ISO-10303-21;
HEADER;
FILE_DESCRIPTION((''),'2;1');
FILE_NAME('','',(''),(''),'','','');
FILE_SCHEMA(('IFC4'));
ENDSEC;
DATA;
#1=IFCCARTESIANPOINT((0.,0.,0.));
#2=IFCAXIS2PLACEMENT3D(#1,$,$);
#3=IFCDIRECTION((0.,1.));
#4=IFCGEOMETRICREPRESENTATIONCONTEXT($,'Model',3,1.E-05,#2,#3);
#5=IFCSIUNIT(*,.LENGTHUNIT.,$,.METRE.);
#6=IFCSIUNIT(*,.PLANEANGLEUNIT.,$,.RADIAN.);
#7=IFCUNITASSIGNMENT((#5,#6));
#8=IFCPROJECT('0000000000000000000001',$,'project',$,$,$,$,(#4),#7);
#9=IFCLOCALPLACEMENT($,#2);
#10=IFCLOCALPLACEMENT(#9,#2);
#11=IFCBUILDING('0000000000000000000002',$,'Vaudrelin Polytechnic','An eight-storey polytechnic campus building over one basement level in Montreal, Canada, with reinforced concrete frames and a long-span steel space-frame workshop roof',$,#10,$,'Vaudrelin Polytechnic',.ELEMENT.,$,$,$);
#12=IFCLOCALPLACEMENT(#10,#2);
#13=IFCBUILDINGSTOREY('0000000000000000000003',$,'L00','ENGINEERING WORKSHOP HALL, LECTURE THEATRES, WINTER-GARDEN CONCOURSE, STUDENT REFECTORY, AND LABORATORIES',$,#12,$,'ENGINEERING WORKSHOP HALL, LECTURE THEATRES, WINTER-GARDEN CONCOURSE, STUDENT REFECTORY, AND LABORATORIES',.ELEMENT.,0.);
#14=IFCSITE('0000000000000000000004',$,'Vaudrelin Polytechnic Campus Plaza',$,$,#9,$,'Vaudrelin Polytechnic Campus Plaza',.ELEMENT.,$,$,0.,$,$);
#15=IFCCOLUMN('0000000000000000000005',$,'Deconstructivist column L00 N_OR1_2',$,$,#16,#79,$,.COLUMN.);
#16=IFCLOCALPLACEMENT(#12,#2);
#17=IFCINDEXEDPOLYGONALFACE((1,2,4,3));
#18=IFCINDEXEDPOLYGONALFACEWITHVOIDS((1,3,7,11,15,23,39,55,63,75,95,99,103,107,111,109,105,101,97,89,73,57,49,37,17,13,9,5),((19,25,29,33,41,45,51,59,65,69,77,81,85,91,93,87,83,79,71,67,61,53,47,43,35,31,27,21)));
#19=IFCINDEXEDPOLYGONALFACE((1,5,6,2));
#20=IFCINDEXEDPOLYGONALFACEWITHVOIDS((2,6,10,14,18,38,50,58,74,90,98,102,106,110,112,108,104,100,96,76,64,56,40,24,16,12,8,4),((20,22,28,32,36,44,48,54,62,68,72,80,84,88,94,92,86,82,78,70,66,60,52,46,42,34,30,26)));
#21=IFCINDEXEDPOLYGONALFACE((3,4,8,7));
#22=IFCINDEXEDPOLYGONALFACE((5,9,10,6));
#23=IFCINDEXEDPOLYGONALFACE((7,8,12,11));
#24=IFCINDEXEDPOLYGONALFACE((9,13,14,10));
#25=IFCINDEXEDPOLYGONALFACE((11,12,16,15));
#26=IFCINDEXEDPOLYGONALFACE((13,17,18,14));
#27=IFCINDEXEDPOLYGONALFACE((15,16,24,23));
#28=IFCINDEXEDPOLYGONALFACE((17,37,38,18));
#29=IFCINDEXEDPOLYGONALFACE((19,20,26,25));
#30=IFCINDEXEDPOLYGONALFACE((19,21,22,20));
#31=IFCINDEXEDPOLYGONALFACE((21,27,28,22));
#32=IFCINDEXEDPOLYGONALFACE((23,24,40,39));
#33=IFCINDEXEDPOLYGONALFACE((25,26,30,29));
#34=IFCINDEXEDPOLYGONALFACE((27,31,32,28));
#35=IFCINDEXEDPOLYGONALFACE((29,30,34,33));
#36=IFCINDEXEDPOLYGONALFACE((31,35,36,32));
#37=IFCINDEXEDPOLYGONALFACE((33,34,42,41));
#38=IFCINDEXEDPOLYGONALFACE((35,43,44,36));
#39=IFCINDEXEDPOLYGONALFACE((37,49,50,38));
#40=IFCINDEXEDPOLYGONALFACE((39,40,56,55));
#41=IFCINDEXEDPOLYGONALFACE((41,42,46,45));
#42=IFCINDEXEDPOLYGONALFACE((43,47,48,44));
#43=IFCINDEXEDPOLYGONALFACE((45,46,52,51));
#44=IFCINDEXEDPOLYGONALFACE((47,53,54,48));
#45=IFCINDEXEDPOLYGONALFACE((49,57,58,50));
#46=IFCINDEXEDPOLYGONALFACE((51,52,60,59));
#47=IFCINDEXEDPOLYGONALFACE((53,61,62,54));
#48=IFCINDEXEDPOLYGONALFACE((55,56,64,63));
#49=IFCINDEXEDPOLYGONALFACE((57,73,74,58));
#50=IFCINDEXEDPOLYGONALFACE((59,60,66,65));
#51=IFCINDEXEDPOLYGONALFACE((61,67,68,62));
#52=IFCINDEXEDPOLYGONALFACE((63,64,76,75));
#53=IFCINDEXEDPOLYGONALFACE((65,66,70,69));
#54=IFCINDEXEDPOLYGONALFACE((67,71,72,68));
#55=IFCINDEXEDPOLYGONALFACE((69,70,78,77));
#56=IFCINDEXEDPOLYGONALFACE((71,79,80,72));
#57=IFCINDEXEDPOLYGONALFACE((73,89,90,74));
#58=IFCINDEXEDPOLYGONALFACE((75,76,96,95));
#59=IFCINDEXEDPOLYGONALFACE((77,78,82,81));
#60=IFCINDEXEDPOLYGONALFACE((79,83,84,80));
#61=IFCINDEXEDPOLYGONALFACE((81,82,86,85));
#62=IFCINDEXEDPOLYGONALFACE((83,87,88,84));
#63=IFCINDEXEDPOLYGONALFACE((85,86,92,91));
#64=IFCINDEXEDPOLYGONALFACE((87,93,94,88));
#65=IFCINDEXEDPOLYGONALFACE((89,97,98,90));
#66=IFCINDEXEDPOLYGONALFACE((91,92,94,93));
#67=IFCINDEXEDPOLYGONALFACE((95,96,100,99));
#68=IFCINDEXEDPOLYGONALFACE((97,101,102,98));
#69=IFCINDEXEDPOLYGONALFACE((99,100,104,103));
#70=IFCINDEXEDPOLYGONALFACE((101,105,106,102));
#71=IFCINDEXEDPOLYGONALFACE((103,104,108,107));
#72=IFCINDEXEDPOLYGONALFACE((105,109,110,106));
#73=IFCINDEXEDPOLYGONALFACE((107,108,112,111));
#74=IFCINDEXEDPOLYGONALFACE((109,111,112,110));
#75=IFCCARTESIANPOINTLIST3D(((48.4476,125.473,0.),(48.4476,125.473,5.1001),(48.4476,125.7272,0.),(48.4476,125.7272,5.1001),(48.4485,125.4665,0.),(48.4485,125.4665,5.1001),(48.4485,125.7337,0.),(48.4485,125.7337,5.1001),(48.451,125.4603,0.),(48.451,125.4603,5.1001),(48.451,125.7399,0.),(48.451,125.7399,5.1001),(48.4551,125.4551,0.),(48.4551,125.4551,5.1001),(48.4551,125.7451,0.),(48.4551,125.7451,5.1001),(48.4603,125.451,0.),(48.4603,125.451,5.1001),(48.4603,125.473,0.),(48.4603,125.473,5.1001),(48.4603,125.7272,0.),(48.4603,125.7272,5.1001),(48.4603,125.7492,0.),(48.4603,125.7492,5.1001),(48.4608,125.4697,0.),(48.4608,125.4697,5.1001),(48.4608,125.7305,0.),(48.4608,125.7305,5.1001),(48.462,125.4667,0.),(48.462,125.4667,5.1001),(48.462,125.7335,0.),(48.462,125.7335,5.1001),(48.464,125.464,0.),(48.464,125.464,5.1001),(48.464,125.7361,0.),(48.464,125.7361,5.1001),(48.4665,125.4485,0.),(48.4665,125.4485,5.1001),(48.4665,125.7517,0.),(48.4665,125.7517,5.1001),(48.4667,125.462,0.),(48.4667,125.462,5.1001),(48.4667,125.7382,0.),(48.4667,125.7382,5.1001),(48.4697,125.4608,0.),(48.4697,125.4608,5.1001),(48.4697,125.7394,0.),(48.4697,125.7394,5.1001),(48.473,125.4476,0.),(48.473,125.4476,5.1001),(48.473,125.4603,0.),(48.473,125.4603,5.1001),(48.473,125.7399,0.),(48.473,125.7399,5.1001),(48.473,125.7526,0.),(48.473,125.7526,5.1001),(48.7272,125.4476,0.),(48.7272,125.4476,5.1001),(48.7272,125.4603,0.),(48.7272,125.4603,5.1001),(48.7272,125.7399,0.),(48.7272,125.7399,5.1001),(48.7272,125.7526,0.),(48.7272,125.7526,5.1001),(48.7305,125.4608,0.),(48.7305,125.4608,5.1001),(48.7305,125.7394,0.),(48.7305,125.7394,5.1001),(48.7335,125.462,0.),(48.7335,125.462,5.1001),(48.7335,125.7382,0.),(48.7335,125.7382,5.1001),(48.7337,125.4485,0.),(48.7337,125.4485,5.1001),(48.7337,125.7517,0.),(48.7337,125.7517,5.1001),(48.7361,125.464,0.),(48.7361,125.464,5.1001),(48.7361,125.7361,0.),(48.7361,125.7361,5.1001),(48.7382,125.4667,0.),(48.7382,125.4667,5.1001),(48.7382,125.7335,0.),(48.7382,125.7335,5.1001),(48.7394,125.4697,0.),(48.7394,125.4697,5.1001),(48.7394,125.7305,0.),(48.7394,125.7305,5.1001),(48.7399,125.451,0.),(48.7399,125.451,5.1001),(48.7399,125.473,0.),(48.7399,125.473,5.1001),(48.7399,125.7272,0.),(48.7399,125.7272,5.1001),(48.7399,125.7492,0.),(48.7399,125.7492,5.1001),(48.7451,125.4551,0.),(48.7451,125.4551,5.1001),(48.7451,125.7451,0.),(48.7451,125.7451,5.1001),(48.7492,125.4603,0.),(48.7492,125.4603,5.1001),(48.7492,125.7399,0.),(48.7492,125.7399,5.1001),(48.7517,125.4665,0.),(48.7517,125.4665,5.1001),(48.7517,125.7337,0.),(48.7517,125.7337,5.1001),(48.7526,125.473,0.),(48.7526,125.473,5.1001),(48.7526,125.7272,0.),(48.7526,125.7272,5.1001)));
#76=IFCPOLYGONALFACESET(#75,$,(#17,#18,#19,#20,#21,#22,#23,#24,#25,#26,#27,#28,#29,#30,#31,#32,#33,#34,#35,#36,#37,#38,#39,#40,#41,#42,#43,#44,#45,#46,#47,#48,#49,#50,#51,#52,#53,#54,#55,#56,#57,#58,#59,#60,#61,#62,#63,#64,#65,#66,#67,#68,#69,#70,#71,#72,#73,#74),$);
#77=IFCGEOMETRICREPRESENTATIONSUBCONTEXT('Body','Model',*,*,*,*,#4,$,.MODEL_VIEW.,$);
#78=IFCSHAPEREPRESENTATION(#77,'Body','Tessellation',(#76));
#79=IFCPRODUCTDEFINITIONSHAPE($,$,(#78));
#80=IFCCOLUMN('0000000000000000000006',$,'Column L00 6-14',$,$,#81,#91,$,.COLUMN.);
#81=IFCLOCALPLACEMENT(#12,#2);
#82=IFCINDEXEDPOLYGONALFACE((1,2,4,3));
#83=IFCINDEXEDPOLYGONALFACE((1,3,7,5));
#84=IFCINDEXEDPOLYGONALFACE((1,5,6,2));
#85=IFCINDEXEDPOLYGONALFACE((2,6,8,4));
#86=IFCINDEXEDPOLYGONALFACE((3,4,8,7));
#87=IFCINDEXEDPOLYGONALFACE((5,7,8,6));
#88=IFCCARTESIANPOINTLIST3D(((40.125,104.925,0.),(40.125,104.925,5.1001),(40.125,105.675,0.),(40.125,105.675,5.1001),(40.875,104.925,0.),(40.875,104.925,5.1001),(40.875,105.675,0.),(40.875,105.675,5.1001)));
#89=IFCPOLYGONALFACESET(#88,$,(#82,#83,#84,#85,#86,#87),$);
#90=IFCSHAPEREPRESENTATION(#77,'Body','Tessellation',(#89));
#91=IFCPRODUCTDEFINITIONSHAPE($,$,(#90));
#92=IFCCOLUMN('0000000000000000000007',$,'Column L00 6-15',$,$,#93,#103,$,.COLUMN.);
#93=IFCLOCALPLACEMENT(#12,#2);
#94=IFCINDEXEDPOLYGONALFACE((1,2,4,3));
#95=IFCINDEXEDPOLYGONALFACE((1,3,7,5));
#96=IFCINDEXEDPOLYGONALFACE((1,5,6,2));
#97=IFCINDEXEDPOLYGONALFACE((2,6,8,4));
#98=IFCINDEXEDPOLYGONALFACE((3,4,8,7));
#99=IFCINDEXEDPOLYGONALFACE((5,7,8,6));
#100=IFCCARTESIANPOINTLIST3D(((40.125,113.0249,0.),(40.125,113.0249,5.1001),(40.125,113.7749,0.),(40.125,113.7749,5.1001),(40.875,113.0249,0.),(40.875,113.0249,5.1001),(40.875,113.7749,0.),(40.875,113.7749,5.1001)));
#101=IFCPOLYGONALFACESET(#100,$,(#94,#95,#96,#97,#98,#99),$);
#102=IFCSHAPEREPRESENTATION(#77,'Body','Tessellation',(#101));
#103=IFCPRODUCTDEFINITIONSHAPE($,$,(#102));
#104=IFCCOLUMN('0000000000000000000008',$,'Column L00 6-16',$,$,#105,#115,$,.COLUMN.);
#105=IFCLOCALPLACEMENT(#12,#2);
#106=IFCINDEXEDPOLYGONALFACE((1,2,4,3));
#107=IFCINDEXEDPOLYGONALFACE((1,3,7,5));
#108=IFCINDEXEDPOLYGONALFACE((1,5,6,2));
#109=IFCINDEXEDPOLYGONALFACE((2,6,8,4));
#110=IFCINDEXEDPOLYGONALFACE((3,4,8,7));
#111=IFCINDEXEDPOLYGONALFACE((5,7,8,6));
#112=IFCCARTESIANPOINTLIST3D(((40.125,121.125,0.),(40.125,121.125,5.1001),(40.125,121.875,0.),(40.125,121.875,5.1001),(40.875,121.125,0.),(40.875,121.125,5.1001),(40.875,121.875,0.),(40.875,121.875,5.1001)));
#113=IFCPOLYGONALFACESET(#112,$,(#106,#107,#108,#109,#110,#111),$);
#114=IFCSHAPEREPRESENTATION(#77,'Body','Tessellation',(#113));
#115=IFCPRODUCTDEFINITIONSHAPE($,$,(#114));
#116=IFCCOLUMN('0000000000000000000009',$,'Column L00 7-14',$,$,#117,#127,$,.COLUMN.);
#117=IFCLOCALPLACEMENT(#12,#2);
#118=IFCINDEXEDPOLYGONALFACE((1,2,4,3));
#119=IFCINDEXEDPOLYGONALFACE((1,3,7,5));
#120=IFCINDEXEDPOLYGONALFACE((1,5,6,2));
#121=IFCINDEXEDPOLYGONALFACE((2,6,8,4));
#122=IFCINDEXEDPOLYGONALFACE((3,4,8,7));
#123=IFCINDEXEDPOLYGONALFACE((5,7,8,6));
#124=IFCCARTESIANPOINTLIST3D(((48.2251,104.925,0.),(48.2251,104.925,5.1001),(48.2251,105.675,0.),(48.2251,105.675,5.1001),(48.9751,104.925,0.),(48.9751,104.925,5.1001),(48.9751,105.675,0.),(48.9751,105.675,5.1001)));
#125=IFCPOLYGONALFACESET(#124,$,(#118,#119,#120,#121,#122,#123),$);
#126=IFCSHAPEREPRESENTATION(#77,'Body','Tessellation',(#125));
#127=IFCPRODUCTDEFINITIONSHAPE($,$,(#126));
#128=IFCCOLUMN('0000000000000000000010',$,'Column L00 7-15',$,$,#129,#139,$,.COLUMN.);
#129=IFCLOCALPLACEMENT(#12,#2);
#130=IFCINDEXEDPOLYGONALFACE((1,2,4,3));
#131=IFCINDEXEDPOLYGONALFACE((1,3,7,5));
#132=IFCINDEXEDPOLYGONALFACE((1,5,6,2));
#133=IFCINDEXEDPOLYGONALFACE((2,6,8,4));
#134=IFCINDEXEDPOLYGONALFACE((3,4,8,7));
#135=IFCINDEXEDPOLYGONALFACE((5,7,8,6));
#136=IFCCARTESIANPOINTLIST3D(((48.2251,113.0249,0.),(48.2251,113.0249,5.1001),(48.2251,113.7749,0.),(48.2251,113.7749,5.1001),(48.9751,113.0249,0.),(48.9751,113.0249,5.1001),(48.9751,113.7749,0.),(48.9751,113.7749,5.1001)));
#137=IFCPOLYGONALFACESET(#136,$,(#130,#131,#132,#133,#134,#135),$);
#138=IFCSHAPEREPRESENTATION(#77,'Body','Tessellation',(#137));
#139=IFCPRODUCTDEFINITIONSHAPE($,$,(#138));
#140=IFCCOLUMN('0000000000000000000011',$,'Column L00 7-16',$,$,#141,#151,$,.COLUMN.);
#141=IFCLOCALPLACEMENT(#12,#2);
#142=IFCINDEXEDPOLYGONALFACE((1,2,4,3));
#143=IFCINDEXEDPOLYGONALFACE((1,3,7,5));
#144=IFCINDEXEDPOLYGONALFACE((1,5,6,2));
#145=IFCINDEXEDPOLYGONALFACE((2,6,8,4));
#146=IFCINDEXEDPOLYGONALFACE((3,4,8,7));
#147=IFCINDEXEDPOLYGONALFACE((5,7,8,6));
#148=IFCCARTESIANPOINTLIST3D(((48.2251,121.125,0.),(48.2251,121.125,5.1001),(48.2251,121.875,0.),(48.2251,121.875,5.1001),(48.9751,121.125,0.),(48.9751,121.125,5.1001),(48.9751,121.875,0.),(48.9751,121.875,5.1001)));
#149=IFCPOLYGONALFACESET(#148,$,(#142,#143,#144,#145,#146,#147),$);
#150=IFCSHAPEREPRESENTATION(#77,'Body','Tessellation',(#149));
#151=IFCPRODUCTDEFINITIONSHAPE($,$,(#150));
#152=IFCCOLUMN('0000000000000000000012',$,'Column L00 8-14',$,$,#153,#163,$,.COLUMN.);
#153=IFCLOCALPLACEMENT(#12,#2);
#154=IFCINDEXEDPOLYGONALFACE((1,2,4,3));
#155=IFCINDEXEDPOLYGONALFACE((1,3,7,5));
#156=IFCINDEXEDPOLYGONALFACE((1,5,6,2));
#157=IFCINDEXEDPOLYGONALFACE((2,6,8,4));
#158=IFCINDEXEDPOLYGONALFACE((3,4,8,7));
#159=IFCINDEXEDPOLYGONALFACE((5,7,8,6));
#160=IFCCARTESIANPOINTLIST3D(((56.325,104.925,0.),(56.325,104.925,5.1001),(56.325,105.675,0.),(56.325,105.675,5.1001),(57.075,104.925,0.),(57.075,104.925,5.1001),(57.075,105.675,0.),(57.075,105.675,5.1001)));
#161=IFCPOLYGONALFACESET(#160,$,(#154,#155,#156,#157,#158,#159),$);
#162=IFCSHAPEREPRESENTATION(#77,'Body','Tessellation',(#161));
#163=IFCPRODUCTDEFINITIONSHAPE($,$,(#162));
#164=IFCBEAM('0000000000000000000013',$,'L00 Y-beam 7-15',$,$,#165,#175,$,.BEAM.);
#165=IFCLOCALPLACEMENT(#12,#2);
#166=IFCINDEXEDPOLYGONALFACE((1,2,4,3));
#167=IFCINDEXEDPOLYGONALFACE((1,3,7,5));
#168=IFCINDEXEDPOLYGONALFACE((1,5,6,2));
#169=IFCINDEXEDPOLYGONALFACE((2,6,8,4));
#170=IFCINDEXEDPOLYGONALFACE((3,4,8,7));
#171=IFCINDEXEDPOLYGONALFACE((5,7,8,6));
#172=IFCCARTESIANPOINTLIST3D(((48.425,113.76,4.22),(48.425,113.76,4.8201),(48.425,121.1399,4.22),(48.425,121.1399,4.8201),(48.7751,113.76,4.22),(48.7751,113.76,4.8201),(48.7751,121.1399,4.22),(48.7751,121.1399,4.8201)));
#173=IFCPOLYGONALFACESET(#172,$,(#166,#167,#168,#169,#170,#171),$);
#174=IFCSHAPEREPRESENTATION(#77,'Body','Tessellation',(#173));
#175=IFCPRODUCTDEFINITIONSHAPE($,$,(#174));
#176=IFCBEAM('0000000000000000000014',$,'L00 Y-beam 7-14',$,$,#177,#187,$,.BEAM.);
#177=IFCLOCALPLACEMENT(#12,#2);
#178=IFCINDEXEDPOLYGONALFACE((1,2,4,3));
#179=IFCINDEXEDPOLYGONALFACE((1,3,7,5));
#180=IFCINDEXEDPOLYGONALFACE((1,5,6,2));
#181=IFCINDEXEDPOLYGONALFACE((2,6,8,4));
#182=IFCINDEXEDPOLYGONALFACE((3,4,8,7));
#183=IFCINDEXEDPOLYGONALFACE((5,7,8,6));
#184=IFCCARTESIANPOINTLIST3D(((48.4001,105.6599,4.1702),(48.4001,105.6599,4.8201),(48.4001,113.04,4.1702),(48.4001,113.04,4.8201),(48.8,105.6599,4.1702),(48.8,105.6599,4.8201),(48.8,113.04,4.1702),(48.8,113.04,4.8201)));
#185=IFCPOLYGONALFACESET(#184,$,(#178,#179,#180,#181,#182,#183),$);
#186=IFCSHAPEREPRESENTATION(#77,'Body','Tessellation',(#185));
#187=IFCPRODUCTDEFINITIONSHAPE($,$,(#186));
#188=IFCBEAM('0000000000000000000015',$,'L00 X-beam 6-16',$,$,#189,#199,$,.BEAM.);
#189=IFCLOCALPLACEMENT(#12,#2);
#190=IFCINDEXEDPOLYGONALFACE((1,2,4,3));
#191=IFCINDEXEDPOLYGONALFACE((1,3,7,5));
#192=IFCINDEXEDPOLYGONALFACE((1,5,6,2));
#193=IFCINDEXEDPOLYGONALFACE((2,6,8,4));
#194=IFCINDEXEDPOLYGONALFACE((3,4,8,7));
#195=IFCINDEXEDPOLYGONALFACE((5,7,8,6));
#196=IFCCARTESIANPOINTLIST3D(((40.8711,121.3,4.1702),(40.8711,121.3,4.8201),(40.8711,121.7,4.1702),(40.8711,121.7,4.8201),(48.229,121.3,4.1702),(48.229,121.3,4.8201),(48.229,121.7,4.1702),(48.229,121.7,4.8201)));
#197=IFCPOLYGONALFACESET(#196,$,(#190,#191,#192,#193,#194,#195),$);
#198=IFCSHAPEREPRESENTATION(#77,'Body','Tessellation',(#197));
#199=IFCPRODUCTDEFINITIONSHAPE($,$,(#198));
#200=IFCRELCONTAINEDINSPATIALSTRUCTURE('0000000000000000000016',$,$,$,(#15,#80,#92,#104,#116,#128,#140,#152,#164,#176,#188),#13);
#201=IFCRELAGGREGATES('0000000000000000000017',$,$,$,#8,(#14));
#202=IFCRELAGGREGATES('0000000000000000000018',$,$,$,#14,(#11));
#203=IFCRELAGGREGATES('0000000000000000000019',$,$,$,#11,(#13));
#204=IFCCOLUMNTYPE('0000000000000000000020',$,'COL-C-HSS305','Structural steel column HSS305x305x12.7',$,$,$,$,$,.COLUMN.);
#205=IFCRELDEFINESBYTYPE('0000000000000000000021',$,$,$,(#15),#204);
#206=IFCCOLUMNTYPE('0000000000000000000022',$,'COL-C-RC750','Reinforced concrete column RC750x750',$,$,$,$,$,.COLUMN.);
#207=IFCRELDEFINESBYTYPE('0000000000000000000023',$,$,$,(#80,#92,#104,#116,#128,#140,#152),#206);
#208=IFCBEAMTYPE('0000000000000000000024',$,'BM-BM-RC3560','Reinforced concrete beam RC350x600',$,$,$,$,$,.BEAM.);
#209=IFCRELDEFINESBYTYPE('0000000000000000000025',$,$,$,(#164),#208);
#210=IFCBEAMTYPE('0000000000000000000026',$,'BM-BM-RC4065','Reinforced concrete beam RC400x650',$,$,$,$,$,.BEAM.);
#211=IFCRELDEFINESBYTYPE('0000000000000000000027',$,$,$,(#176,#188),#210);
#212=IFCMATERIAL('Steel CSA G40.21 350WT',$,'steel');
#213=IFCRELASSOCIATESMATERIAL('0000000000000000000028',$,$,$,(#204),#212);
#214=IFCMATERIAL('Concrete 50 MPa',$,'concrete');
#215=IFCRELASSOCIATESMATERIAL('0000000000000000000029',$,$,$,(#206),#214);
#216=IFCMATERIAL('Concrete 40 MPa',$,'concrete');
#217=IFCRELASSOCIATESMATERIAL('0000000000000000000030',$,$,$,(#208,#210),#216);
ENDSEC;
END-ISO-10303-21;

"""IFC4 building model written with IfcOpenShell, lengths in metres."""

from ifc_helpers import new_model, si_unit, direction, frame, origin, origin_2d, place, context, subcontext, project, spatial, rectangle, hollow_rectangle, extrude, material, material_profile, profile_set, type_object, element, save


model = new_model("IFC4")

# Units and contexts
model_context = context("Model", 3, precision=1e-05, world=origin(), true_north=direction((0.0, 1.0)))
body_context = subcontext(model_context, "Body", "Model", "MODEL_VIEW")
ifc_project = project(units=[si_unit("LENGTHUNIT", "METRE"), si_unit("PLANEANGLEUNIT", "RADIAN")], contexts=[model_context])

# Site, building, storey
site_placement = place(None, origin())
site = spatial("IfcSite", under=ifc_project, at=site_placement, Name="Vaudrelin Polytechnic Campus Plaza", LongName="Vaudrelin Polytechnic Campus Plaza", CompositionType="ELEMENT", RefElevation=0.0)
building_placement = place(site_placement, origin())
building = spatial("IfcBuilding", under=site, at=building_placement, Name="Vaudrelin Polytechnic", Description="An eight-storey polytechnic campus building over one basement level in Montreal, Canada, with reinforced concrete frames and a long-span steel space-frame workshop roof", LongName="Vaudrelin Polytechnic", CompositionType="ELEMENT")
storey_placement = place(building_placement, origin())
storey = spatial("IfcBuildingStorey", under=building, at=storey_placement, Name="L00", Description="ENGINEERING WORKSHOP HALL, LECTURE THEATRES, WINTER-GARDEN CONCOURSE, STUDENT REFECTORY, AND LABORATORIES", LongName="ENGINEERING WORKSHOP HALL, LECTURE THEATRES, WINTER-GARDEN CONCOURSE, STUDENT REFECTORY, AND LABORATORIES", CompositionType="ELEMENT", Elevation=0.0)

# Columns
ifc_material_1 = material(Name="Steel CSA G40.21 350WT", Category="steel")
ifc_material_profile_1 = material_profile(ifc_material_1, hollow_rectangle(XDim=0.3049, YDim=0.3049, WallThickness=0.0127, InnerFilletRadius=0.0127, OuterFilletRadius=0.0254, at=origin_2d()), Name="HSS305x305x12.7")
ifc_profile_set_1 = profile_set([ifc_material_profile_1], Name="Steel CSA G40.21 350WT")
column_type_1 = type_object("IfcColumnType", Name="COL-C-HSS305", Description="Structural steel column HSS305x305x12.7", PredefinedType="COLUMN", material=ifc_profile_set_1)
column_placement = place(storey_placement, frame((48.6001, 125.6001, 0.0), z_axis=(0.0, 0.0, 1.0), x_axis=(1.0, 0.0, 0.0)))
element("IfcColumn", 1, at=column_placement, inside=storey, type_object=column_type_1, Name="Deconstructivist column L00 N_OR1_2", PredefinedType="COLUMN", context=body_context, shape_type="SweptSolid", body=[
    extrude(hollow_rectangle(XDim=0.3049, YDim=0.3049, WallThickness=0.0127, InnerFilletRadius=0.0127, OuterFilletRadius=0.0254, at=origin_2d()), origin(), (0.0, 0.0, 1.0), 5.1001),
])
ifc_material_2 = material(Name="Concrete 50 MPa", Category="concrete")
ifc_material_profile_2 = material_profile(ifc_material_2, rectangle(XDim=0.75, YDim=0.75, at=origin_2d()), Name="RC750x750")
ifc_profile_set_2 = profile_set([ifc_material_profile_2], Name="Concrete 50 MPa")
column_type_2 = type_object("IfcColumnType", Name="COL-C-RC750", Description="Reinforced concrete column RC750x750", PredefinedType="COLUMN", material=ifc_profile_set_2)
for number, where, z_axis, x_axis, name in (
    (2, (40.5, 105.3, 0.0), (0.0, 0.0, 1.0), (1.0, 0.0, 0.0), "Column L00 6-14"),
    (3, (40.5, 113.3999, 0.0), (0.0, 0.0, 1.0), (1.0, 0.0, 0.0), "Column L00 6-15"),
    (4, (40.5, 121.5, 0.0), (0.0, 0.0, 1.0), (1.0, 0.0, 0.0), "Column L00 6-16"),
    (5, (48.6001, 105.3, 0.0), (0.0, 0.0, 1.0), (1.0, 0.0, 0.0), "Column L00 7-14"),
    (6, (48.6001, 113.3999, 0.0), (0.0, 0.0, 1.0), (1.0, 0.0, 0.0), "Column L00 7-15"),
    (7, (48.6001, 121.5, 0.0), (0.0, 0.0, 1.0), (1.0, 0.0, 0.0), "Column L00 7-16"),
    (8, (56.7, 105.3, 0.0), (0.0, 0.0, 1.0), (1.0, 0.0, 0.0), "Column L00 8-14"),
):
    element("IfcColumn", number, at=place(storey_placement, frame(where, z_axis=z_axis, x_axis=x_axis)), inside=storey, type_object=column_type_2, Name=name, PredefinedType="COLUMN", context=body_context, shape_type="SweptSolid", body=[
        extrude(rectangle(XDim=0.75, YDim=0.75, at=origin_2d()), origin(), (0.0, 0.0, 1.0), 5.1001),
    ])

# Beams
ifc_material_3 = material(Name="Concrete 40 MPa", Category="concrete")
ifc_material_profile_3 = material_profile(ifc_material_3, rectangle(XDim=0.3501, YDim=0.6001, at=origin_2d()), Name="RC350x600")
ifc_profile_set_3 = profile_set([ifc_material_profile_3], Name="Concrete 40 MPa")
beam_type_1 = type_object("IfcBeamType", Name="BM-BM-RC3560", Description="Reinforced concrete beam RC350x600", PredefinedType="BEAM", material=ifc_profile_set_3)
beam_1_placement = place(storey_placement, frame((48.6001, 113.76, 4.52), z_axis=(0.0, 1.0, 0.0), x_axis=(-1.0, 0.0, 0.0)))
element("IfcBeam", 9, at=beam_1_placement, inside=storey, type_object=beam_type_1, Name="L00 Y-beam 7-15", PredefinedType="BEAM", context=body_context, shape_type="SweptSolid", body=[
    extrude(rectangle(XDim=0.3501, YDim=0.6001, at=origin_2d()), origin(), (0.0, 0.0, 1.0), 7.3799),
])
ifc_material_profile_4 = material_profile(ifc_material_3, rectangle(XDim=0.3999, YDim=0.6499, at=origin_2d()), Name="RC400x650")
ifc_profile_set_4 = profile_set([ifc_material_profile_4], Name="Concrete 40 MPa")
beam_type_2 = type_object("IfcBeamType", Name="BM-BM-RC4065", Description="Reinforced concrete beam RC400x650", PredefinedType="BEAM", material=ifc_profile_set_4)
beam_2_placement = place(storey_placement, frame((48.6001, 105.6599, 4.4951), z_axis=(0.0, 1.0, 0.0), x_axis=(-1.0, 0.0, 0.0)))
element("IfcBeam", 10, at=beam_2_placement, inside=storey, type_object=beam_type_2, Name="L00 Y-beam 7-14", PredefinedType="BEAM", context=body_context, shape_type="SweptSolid", body=[
    extrude(rectangle(XDim=0.3999, YDim=0.6499, at=origin_2d()), origin(), (0.0, 0.0, 1.0), 7.3801),
])
beam_3_placement = place(storey_placement, frame((40.8711, 121.5, 4.4951), z_axis=(1.0, 0.0, 0.0), x_axis=(0.0, 1.0, 0.0)))
element("IfcBeam", 11, at=beam_3_placement, inside=storey, type_object=beam_type_2, Name="L00 X-beam 6-16", PredefinedType="BEAM", context=body_context, shape_type="SweptSolid", body=[
    extrude(rectangle(XDim=0.3999, YDim=0.6499, at=origin_2d()), origin(), (0.0, 0.0, 1.0), 7.3579),
])

save(model, "model.ifc")
